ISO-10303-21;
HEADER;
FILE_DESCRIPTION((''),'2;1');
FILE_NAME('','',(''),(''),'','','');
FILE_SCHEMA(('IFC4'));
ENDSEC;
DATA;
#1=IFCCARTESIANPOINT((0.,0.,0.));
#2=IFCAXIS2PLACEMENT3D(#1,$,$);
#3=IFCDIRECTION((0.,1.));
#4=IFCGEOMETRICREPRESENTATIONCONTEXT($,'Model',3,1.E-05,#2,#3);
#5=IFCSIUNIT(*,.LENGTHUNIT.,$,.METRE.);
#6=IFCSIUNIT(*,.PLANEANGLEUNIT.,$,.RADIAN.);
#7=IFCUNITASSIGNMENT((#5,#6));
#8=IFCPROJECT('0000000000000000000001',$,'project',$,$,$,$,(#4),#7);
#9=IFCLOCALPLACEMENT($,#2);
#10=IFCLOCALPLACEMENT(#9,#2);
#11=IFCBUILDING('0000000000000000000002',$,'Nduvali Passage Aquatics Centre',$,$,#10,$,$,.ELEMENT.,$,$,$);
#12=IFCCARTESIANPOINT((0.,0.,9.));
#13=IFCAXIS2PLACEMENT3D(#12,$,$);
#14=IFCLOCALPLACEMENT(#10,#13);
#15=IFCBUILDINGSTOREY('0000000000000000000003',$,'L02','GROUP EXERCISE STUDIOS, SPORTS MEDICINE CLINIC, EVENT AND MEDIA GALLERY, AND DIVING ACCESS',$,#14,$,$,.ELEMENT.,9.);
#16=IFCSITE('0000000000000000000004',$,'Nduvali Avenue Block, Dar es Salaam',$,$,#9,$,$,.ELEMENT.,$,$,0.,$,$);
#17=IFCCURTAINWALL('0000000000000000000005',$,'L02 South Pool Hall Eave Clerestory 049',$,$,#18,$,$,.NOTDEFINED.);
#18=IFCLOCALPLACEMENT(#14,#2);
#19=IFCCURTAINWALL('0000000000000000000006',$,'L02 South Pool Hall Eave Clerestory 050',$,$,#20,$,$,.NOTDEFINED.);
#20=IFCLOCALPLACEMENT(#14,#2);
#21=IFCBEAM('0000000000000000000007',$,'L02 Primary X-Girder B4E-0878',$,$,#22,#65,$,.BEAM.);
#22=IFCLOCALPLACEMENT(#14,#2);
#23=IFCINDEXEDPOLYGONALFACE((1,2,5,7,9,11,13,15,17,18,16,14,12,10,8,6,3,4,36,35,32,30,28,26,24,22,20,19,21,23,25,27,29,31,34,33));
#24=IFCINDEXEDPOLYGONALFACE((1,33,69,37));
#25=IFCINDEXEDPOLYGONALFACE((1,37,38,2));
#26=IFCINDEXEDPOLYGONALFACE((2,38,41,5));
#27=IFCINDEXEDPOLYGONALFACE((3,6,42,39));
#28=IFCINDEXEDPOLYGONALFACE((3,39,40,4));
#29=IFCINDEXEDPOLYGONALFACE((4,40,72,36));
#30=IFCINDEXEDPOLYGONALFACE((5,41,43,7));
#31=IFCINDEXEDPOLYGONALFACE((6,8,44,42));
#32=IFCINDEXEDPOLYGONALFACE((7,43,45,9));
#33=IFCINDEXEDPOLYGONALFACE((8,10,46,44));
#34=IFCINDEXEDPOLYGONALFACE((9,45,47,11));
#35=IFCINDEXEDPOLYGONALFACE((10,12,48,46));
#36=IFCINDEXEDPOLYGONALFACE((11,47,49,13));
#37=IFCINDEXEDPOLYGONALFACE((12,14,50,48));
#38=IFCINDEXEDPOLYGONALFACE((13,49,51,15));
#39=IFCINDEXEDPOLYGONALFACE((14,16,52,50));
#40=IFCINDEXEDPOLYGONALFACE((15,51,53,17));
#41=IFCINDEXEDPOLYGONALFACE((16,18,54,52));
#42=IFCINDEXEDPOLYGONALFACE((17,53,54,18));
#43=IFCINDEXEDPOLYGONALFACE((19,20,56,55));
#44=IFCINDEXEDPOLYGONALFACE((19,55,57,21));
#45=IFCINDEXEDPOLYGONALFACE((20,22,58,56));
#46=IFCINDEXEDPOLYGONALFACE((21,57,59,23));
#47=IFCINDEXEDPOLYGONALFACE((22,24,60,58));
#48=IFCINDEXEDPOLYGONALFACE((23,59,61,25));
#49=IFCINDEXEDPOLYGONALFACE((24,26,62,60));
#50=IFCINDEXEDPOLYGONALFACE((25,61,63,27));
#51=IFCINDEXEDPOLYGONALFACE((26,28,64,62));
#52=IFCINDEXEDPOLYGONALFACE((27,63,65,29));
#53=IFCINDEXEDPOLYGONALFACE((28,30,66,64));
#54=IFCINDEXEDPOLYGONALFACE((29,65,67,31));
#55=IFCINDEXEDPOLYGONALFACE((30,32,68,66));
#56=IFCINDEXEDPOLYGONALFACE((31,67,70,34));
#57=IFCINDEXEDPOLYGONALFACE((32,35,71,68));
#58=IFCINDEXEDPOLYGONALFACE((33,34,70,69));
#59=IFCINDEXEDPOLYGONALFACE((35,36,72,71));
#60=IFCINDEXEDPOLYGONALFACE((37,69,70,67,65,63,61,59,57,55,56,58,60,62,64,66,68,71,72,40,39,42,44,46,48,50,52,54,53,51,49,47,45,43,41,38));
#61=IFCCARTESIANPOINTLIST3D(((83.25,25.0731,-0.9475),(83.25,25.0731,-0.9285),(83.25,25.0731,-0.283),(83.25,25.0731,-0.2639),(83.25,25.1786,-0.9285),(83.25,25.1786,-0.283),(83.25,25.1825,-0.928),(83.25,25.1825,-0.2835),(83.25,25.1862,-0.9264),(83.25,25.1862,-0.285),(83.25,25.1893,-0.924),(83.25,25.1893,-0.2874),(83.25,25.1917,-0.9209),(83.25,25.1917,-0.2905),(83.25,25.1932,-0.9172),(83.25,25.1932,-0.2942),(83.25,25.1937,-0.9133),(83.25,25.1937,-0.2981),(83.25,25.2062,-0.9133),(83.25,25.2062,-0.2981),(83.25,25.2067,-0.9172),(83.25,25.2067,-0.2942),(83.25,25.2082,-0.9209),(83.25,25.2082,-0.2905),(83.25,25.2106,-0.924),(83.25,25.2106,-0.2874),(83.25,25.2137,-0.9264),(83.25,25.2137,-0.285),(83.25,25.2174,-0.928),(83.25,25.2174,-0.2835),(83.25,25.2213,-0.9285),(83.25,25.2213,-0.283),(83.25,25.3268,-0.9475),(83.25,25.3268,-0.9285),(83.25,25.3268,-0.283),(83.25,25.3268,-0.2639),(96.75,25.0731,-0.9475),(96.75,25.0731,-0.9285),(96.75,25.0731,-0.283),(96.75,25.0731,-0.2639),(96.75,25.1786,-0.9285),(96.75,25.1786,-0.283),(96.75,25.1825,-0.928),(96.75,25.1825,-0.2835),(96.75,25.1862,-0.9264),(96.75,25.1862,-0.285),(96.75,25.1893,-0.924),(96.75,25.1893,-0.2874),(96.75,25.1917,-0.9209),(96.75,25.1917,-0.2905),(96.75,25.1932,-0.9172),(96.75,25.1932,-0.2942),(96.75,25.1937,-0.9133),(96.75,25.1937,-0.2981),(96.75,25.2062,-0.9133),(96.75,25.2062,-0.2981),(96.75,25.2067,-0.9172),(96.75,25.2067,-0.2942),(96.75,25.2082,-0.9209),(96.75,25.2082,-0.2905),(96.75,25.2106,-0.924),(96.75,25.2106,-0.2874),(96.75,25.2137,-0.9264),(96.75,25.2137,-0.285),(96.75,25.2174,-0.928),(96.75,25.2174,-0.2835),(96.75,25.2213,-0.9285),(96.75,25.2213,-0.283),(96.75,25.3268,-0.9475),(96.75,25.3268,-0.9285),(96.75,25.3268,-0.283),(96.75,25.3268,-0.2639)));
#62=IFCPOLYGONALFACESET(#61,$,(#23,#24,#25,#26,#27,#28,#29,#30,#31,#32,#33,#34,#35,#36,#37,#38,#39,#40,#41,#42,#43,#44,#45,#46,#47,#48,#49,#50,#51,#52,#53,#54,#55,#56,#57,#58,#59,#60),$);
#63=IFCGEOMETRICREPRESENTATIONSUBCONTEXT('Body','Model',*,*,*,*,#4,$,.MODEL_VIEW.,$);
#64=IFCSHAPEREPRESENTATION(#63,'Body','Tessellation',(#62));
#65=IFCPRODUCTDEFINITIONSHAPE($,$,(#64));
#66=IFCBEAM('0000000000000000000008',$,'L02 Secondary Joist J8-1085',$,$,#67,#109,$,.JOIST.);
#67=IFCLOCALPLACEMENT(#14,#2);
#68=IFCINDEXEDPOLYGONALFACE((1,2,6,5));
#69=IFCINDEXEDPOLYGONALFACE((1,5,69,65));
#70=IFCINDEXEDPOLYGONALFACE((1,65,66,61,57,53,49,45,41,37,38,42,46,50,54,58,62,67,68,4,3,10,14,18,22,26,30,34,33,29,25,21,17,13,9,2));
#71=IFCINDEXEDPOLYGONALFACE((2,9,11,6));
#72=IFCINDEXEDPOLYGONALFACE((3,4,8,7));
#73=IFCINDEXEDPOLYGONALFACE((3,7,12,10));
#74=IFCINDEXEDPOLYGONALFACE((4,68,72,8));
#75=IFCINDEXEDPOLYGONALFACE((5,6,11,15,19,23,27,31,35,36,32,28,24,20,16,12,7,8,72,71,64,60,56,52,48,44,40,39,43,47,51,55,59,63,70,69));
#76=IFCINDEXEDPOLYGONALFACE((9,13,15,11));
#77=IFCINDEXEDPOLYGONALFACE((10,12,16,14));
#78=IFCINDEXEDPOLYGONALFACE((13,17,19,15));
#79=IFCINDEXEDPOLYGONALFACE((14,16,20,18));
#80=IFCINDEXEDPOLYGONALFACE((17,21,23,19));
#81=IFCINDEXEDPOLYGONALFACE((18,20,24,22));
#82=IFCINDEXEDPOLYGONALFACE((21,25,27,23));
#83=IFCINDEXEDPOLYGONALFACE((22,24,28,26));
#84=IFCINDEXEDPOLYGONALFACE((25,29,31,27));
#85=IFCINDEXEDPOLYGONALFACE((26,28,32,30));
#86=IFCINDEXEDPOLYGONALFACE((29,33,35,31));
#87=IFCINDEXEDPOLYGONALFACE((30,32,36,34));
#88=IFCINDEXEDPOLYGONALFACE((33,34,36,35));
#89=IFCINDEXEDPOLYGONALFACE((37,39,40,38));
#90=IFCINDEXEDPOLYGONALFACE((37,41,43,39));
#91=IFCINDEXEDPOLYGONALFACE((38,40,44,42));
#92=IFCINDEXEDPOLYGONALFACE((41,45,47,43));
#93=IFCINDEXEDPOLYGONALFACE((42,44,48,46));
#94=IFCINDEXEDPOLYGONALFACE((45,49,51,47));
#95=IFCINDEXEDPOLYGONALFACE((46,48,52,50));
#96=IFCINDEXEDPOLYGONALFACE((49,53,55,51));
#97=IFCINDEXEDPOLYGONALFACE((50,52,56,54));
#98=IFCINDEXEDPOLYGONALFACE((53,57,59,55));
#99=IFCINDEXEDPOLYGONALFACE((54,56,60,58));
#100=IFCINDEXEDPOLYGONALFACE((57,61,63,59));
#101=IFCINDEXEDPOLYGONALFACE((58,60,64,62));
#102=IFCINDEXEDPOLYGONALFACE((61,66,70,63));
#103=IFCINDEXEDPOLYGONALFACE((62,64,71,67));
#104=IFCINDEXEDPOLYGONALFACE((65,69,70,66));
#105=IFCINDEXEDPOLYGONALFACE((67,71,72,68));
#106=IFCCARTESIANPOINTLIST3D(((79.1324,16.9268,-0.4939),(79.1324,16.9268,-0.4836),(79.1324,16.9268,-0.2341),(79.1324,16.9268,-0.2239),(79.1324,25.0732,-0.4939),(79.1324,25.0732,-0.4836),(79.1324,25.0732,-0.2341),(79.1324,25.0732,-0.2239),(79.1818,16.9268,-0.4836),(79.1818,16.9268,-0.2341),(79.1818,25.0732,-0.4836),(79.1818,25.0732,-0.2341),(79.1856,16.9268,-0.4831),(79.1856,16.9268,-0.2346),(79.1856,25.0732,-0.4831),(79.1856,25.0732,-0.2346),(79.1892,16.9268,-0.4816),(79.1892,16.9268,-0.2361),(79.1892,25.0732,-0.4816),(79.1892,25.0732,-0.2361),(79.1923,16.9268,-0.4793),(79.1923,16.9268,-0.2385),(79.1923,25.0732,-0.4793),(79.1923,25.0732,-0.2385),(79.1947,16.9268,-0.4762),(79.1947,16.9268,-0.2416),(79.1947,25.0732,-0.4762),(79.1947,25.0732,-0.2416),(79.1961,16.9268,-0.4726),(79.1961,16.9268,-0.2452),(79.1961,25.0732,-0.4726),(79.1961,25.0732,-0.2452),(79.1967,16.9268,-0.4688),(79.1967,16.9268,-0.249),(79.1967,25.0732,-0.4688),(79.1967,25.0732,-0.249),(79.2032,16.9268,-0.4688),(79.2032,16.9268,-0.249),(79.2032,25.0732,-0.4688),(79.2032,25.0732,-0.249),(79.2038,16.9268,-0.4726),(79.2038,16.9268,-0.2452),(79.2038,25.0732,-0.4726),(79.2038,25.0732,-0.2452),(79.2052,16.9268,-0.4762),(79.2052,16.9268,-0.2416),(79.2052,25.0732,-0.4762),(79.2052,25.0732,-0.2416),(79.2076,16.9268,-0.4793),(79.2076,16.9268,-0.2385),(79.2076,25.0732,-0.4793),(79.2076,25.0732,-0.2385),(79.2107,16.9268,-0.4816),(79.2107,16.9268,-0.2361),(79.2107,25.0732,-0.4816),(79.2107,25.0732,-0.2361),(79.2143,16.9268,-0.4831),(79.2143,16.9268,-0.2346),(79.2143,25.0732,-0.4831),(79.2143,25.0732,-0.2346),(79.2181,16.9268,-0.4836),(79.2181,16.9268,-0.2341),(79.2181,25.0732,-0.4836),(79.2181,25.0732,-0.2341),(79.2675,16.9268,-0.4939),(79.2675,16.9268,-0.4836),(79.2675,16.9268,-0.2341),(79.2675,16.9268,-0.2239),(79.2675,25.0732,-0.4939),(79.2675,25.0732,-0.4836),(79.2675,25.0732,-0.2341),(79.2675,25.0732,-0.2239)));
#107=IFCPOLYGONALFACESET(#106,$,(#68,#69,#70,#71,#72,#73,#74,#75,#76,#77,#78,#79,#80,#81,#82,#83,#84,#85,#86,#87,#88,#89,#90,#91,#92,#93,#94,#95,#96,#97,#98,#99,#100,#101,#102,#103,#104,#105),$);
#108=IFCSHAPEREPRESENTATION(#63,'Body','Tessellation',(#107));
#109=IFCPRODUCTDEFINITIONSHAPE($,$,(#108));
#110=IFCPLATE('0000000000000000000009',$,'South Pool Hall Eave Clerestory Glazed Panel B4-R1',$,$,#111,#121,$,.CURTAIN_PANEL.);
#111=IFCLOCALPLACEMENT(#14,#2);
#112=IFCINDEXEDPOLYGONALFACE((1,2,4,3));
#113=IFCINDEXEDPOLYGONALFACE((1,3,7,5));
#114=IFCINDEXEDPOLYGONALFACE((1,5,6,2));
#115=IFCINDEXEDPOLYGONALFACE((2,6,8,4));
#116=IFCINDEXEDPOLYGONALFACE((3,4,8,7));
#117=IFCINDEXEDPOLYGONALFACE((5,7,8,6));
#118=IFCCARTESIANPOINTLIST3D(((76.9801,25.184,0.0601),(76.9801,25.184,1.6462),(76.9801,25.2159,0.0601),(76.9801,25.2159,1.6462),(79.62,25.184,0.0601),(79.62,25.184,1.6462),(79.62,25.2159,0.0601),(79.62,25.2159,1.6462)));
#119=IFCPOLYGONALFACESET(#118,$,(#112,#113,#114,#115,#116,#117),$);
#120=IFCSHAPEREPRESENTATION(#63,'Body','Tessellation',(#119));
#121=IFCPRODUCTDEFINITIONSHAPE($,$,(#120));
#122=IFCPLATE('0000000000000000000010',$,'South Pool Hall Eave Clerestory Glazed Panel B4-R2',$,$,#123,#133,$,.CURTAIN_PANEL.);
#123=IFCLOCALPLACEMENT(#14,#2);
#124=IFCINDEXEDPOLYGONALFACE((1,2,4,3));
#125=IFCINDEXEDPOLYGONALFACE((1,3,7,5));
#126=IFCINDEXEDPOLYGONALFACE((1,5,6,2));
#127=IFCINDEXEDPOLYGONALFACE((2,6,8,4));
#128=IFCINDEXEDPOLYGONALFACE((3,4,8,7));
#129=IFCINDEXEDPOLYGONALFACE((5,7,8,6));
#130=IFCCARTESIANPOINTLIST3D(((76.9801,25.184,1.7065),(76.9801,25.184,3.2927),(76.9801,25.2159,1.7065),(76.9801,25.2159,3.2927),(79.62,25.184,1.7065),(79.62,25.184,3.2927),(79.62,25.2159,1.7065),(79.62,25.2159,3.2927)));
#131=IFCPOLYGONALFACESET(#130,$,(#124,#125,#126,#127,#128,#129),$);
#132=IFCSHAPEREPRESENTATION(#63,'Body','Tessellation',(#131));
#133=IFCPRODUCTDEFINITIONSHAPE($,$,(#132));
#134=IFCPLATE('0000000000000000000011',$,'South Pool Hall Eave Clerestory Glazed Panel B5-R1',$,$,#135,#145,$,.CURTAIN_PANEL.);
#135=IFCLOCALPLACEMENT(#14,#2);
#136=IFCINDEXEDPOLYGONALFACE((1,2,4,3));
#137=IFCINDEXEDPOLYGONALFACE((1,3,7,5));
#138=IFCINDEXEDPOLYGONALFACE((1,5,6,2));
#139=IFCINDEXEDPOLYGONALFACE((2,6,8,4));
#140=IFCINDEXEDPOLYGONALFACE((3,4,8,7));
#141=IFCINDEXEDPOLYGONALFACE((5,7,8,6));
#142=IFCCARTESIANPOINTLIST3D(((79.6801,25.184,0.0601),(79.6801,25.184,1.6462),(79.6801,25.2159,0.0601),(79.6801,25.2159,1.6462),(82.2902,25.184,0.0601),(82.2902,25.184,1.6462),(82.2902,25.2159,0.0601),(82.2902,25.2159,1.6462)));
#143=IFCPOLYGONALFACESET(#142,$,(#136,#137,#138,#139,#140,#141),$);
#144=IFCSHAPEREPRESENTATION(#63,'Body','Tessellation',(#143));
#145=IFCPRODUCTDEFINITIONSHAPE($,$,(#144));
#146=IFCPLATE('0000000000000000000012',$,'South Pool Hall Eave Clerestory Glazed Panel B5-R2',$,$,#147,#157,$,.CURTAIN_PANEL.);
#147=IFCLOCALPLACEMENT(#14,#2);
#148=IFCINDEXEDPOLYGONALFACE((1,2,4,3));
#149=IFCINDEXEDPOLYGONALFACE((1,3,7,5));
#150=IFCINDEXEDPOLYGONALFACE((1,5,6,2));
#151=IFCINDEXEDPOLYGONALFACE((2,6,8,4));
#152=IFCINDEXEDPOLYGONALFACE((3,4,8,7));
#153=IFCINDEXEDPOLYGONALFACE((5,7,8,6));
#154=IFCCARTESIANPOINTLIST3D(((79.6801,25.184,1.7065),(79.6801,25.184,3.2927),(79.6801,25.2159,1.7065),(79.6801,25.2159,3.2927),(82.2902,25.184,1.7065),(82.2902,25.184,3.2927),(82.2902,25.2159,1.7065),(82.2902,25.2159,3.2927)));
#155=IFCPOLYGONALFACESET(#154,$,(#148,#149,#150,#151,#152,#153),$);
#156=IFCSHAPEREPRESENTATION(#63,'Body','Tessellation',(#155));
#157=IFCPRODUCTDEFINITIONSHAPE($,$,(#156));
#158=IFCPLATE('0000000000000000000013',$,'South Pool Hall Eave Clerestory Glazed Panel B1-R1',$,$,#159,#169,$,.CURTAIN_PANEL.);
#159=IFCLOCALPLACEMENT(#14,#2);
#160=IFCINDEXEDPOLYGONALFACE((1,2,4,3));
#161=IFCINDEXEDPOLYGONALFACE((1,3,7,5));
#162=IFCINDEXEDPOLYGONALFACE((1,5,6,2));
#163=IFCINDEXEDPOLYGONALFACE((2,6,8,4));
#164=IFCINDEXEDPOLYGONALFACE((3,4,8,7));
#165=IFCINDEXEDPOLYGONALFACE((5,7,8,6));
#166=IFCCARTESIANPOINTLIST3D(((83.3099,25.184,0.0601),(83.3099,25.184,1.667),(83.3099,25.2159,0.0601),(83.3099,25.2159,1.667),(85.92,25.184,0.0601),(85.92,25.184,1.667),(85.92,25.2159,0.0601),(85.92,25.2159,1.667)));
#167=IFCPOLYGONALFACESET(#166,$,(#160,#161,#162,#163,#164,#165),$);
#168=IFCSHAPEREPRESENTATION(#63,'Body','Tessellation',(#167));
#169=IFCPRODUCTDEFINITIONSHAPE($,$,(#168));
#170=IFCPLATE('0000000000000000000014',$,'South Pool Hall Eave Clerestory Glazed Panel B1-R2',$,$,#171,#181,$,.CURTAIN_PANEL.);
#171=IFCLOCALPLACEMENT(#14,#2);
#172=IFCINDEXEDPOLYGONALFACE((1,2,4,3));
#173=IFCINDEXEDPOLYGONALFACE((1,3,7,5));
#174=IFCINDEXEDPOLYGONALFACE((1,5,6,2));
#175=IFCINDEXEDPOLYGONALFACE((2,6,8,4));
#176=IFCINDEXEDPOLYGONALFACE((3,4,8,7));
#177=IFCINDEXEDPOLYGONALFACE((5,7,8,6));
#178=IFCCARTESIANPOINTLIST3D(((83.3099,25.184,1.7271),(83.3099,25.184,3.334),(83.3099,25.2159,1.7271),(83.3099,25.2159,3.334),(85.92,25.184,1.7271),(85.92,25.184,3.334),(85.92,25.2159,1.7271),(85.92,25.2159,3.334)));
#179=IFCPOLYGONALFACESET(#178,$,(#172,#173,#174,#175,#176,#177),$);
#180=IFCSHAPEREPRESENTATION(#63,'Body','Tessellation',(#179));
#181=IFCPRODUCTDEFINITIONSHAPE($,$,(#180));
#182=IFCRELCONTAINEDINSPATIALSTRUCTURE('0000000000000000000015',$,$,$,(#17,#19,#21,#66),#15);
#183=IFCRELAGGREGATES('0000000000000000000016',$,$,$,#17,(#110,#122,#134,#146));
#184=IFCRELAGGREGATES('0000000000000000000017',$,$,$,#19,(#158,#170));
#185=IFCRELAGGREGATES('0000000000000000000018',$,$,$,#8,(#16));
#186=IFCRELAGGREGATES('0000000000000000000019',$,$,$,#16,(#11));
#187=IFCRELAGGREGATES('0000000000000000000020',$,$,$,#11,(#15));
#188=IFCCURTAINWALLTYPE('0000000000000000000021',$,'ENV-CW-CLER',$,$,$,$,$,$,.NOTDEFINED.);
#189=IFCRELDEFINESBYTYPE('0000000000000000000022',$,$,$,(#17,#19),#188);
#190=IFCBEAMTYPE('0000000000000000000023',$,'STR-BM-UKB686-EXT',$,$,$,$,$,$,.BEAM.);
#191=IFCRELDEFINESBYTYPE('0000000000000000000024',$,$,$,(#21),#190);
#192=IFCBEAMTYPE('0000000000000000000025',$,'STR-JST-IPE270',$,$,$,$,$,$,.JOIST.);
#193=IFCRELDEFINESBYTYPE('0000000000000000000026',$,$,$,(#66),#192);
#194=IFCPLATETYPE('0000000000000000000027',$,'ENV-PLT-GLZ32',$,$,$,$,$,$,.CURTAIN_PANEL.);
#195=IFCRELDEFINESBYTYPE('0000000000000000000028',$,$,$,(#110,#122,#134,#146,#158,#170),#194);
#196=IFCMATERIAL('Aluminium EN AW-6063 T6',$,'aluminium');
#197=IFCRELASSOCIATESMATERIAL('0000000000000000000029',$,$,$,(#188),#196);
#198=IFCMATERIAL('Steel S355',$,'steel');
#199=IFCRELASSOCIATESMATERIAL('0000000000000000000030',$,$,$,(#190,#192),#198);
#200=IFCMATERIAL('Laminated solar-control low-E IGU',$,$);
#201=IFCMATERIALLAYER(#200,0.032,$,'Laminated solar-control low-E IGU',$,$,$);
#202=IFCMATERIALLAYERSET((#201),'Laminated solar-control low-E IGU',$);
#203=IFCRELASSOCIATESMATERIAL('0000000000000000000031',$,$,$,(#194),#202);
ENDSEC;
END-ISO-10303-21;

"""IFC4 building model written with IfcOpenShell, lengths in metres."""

from ifc_helpers import new_model, si_unit, direction, frame, origin, origin_2d, place, context, subcontext, project, spatial, rectangle, i_section, extrude, material, layer, layer_set, material_profile, profile_set, type_object, element, aggregate, save


model = new_model("IFC4")

# Units and contexts
model_context = context("Model", 3, precision=1e-05, world=origin(), true_north=direction((0.0, 1.0)))
body_context = subcontext(model_context, "Body", "Model", "MODEL_VIEW")
ifc_project = project(units=[si_unit("LENGTHUNIT", "METRE"), si_unit("PLANEANGLEUNIT", "RADIAN")], contexts=[model_context])

# Site, building, storey
site_placement = place(None, origin())
site = spatial("IfcSite", under=ifc_project, at=site_placement, Name="Nduvali Avenue Block, Dar es Salaam", CompositionType="ELEMENT", RefElevation=0.0)
building_placement = place(site_placement, origin())
building = spatial("IfcBuilding", under=site, at=building_placement, Name="Nduvali Passage Aquatics Centre", CompositionType="ELEMENT")
storey_placement = place(building_placement, frame((0.0, 0.0, 9.0)))
storey = spatial("IfcBuildingStorey", under=building, at=storey_placement, Name="L02", Description="GROUP EXERCISE STUDIOS, SPORTS MEDICINE CLINIC, EVENT AND MEDIA GALLERY, AND DIVING ACCESS", CompositionType="ELEMENT", Elevation=9.0)

# Curtain wall
ifc_material_1 = material(Name="Aluminium EN AW-6063 T6", Category="aluminium")
curtain_wall_type = type_object("IfcCurtainWallType", Name="ENV-CW-CLER", PredefinedType="NOTDEFINED", material=ifc_material_1)
curtain_wall_1_placement = place(storey_placement, origin())
curtain_wall_1 = element("IfcCurtainWall", 1, at=curtain_wall_1_placement, inside=storey, type_object=curtain_wall_type, Name="L02 South Pool Hall Eave Clerestory 049", PredefinedType="NOTDEFINED")

# Curtain wall
curtain_wall_2_placement = place(storey_placement, origin())
curtain_wall_2 = element("IfcCurtainWall", 2, at=curtain_wall_2_placement, inside=storey, type_object=curtain_wall_type, Name="L02 South Pool Hall Eave Clerestory 050", PredefinedType="NOTDEFINED")

# Beams
ifc_material_2 = material(Name="Steel S355", Category="steel")
ifc_material_profile_1 = material_profile(ifc_material_2, i_section(OverallWidth=0.2537, OverallDepth=0.6836, WebThickness=0.0125, FlangeThickness=0.019, FilletRadius=0.0151, at=origin_2d()), Name="UKB 686x254x140")
ifc_profile_set_1 = profile_set([ifc_material_profile_1], Name="Steel S355")
beam_type_1 = type_object("IfcBeamType", Name="STR-BM-UKB686-EXT", PredefinedType="BEAM", material=ifc_profile_set_1)
beam_1_placement = place(storey_placement, frame((83.25, 25.2, -0.6057), z_axis=(1.0, 0.0, 0.0), x_axis=(0.0, 1.0, 0.0)))
element("IfcBeam", 3, at=beam_1_placement, inside=storey, type_object=beam_type_1, Name="L02 Primary X-Girder B4E-0878", PredefinedType="BEAM", context=body_context, shape_type="SweptSolid", body=[
    extrude(i_section(OverallWidth=0.2537, OverallDepth=0.6836, WebThickness=0.0125, FlangeThickness=0.019, FilletRadius=0.0151, at=origin_2d()), origin(), (0.0, 0.0, 1.0), 13.5),
])
ifc_material_profile_2 = material_profile(ifc_material_2, i_section(OverallWidth=0.135, OverallDepth=0.27, WebThickness=0.0066, FlangeThickness=0.0103, FilletRadius=0.0149, at=origin_2d()), Name="IPE 270")
ifc_profile_set_2 = profile_set([ifc_material_profile_2], Name="Steel S355")
beam_type_2 = type_object("IfcBeamType", Name="STR-JST-IPE270", PredefinedType="JOIST", material=ifc_profile_set_2)
beam_2_placement = place(storey_placement, frame((79.2, 16.9268, -0.3589), z_axis=(0.0, 1.0, 0.0), x_axis=(-1.0, 0.0, 0.0)))
element("IfcBeam", 4, at=beam_2_placement, inside=storey, type_object=beam_type_2, Name="L02 Secondary Joist J8-1085", PredefinedType="JOIST", context=body_context, shape_type="SweptSolid", body=[
    extrude(i_section(OverallWidth=0.135, OverallDepth=0.27, WebThickness=0.0066, FlangeThickness=0.0103, FilletRadius=0.0149, at=origin_2d()), origin(), (0.0, 0.0, 1.0), 8.1465),
])

# Plates
ifc_material_3 = material(Name="Laminated solar-control low-E IGU")
ifc_layer = layer(ifc_material_3, 0.032, Name="Laminated solar-control low-E IGU")
ifc_layer_set = layer_set([ifc_layer], Name="Laminated solar-control low-E IGU")
plate_type = type_object("IfcPlateType", Name="ENV-PLT-GLZ32", PredefinedType="CURTAIN_PANEL", material=ifc_layer_set)
plate_1_placement = place(storey_placement, frame((78.3, 25.2, 0.0601), z_axis=(0.0, 0.0, 1.0), x_axis=(1.0, 0.0, 0.0)))
plate_1 = element("IfcPlate", 5, at=plate_1_placement, type_object=plate_type, Name="South Pool Hall Eave Clerestory Glazed Panel B4-R1", PredefinedType="CURTAIN_PANEL", context=body_context, shape_type="SweptSolid", body=[
    extrude(rectangle(XDim=2.6399, YDim=0.032, at=origin_2d()), origin(), (0.0, 0.0, 1.0), 1.5862),
])
plate_2_placement = place(storey_placement, frame((78.3, 25.2, 1.7065), z_axis=(0.0, 0.0, 1.0), x_axis=(1.0, 0.0, 0.0)))
plate_2 = element("IfcPlate", 6, at=plate_2_placement, type_object=plate_type, Name="South Pool Hall Eave Clerestory Glazed Panel B4-R2", PredefinedType="CURTAIN_PANEL", context=body_context, shape_type="SweptSolid", body=[
    extrude(rectangle(XDim=2.6399, YDim=0.032, at=origin_2d()), origin(), (0.0, 0.0, 1.0), 1.5862),
])
plate_3_placement = place(storey_placement, frame((80.9851, 25.2, 0.0601), z_axis=(0.0, 0.0, 1.0), x_axis=(1.0, 0.0, 0.0)))
plate_3 = element("IfcPlate", 7, at=plate_3_placement, type_object=plate_type, Name="South Pool Hall Eave Clerestory Glazed Panel B5-R1", PredefinedType="CURTAIN_PANEL", context=body_context, shape_type="SweptSolid", body=[
    extrude(rectangle(XDim=2.6101, YDim=0.032, at=origin_2d()), origin(), (0.0, 0.0, 1.0), 1.5862),
])
plate_4_placement = place(storey_placement, frame((80.9851, 25.2, 1.7065), z_axis=(0.0, 0.0, 1.0), x_axis=(1.0, 0.0, 0.0)))
plate_4 = element("IfcPlate", 8, at=plate_4_placement, type_object=plate_type, Name="South Pool Hall Eave Clerestory Glazed Panel B5-R2", PredefinedType="CURTAIN_PANEL", context=body_context, shape_type="SweptSolid", body=[
    extrude(rectangle(XDim=2.6101, YDim=0.032, at=origin_2d()), origin(), (0.0, 0.0, 1.0), 1.5862),
])
aggregate(curtain_wall_1, [plate_1, plate_2, plate_3, plate_4])
plate_5_placement = place(storey_placement, frame((84.615, 25.2, 0.0601), z_axis=(0.0, 0.0, 1.0), x_axis=(1.0, 0.0, 0.0)))
plate_5 = element("IfcPlate", 9, at=plate_5_placement, type_object=plate_type, Name="South Pool Hall Eave Clerestory Glazed Panel B1-R1", PredefinedType="CURTAIN_PANEL", context=body_context, shape_type="SweptSolid", body=[
    extrude(rectangle(XDim=2.6101, YDim=0.032, at=origin_2d()), origin(), (0.0, 0.0, 1.0), 1.6069),
])
plate_6_placement = place(storey_placement, frame((84.615, 25.2, 1.7271), z_axis=(0.0, 0.0, 1.0), x_axis=(1.0, 0.0, 0.0)))
plate_6 = element("IfcPlate", 10, at=plate_6_placement, type_object=plate_type, Name="South Pool Hall Eave Clerestory Glazed Panel B1-R2", PredefinedType="CURTAIN_PANEL", context=body_context, shape_type="SweptSolid", body=[
    extrude(rectangle(XDim=2.6101, YDim=0.032, at=origin_2d()), origin(), (0.0, 0.0, 1.0), 1.6069),
])
aggregate(curtain_wall_2, [plate_5, plate_6])

save(model, "model.ifc")
